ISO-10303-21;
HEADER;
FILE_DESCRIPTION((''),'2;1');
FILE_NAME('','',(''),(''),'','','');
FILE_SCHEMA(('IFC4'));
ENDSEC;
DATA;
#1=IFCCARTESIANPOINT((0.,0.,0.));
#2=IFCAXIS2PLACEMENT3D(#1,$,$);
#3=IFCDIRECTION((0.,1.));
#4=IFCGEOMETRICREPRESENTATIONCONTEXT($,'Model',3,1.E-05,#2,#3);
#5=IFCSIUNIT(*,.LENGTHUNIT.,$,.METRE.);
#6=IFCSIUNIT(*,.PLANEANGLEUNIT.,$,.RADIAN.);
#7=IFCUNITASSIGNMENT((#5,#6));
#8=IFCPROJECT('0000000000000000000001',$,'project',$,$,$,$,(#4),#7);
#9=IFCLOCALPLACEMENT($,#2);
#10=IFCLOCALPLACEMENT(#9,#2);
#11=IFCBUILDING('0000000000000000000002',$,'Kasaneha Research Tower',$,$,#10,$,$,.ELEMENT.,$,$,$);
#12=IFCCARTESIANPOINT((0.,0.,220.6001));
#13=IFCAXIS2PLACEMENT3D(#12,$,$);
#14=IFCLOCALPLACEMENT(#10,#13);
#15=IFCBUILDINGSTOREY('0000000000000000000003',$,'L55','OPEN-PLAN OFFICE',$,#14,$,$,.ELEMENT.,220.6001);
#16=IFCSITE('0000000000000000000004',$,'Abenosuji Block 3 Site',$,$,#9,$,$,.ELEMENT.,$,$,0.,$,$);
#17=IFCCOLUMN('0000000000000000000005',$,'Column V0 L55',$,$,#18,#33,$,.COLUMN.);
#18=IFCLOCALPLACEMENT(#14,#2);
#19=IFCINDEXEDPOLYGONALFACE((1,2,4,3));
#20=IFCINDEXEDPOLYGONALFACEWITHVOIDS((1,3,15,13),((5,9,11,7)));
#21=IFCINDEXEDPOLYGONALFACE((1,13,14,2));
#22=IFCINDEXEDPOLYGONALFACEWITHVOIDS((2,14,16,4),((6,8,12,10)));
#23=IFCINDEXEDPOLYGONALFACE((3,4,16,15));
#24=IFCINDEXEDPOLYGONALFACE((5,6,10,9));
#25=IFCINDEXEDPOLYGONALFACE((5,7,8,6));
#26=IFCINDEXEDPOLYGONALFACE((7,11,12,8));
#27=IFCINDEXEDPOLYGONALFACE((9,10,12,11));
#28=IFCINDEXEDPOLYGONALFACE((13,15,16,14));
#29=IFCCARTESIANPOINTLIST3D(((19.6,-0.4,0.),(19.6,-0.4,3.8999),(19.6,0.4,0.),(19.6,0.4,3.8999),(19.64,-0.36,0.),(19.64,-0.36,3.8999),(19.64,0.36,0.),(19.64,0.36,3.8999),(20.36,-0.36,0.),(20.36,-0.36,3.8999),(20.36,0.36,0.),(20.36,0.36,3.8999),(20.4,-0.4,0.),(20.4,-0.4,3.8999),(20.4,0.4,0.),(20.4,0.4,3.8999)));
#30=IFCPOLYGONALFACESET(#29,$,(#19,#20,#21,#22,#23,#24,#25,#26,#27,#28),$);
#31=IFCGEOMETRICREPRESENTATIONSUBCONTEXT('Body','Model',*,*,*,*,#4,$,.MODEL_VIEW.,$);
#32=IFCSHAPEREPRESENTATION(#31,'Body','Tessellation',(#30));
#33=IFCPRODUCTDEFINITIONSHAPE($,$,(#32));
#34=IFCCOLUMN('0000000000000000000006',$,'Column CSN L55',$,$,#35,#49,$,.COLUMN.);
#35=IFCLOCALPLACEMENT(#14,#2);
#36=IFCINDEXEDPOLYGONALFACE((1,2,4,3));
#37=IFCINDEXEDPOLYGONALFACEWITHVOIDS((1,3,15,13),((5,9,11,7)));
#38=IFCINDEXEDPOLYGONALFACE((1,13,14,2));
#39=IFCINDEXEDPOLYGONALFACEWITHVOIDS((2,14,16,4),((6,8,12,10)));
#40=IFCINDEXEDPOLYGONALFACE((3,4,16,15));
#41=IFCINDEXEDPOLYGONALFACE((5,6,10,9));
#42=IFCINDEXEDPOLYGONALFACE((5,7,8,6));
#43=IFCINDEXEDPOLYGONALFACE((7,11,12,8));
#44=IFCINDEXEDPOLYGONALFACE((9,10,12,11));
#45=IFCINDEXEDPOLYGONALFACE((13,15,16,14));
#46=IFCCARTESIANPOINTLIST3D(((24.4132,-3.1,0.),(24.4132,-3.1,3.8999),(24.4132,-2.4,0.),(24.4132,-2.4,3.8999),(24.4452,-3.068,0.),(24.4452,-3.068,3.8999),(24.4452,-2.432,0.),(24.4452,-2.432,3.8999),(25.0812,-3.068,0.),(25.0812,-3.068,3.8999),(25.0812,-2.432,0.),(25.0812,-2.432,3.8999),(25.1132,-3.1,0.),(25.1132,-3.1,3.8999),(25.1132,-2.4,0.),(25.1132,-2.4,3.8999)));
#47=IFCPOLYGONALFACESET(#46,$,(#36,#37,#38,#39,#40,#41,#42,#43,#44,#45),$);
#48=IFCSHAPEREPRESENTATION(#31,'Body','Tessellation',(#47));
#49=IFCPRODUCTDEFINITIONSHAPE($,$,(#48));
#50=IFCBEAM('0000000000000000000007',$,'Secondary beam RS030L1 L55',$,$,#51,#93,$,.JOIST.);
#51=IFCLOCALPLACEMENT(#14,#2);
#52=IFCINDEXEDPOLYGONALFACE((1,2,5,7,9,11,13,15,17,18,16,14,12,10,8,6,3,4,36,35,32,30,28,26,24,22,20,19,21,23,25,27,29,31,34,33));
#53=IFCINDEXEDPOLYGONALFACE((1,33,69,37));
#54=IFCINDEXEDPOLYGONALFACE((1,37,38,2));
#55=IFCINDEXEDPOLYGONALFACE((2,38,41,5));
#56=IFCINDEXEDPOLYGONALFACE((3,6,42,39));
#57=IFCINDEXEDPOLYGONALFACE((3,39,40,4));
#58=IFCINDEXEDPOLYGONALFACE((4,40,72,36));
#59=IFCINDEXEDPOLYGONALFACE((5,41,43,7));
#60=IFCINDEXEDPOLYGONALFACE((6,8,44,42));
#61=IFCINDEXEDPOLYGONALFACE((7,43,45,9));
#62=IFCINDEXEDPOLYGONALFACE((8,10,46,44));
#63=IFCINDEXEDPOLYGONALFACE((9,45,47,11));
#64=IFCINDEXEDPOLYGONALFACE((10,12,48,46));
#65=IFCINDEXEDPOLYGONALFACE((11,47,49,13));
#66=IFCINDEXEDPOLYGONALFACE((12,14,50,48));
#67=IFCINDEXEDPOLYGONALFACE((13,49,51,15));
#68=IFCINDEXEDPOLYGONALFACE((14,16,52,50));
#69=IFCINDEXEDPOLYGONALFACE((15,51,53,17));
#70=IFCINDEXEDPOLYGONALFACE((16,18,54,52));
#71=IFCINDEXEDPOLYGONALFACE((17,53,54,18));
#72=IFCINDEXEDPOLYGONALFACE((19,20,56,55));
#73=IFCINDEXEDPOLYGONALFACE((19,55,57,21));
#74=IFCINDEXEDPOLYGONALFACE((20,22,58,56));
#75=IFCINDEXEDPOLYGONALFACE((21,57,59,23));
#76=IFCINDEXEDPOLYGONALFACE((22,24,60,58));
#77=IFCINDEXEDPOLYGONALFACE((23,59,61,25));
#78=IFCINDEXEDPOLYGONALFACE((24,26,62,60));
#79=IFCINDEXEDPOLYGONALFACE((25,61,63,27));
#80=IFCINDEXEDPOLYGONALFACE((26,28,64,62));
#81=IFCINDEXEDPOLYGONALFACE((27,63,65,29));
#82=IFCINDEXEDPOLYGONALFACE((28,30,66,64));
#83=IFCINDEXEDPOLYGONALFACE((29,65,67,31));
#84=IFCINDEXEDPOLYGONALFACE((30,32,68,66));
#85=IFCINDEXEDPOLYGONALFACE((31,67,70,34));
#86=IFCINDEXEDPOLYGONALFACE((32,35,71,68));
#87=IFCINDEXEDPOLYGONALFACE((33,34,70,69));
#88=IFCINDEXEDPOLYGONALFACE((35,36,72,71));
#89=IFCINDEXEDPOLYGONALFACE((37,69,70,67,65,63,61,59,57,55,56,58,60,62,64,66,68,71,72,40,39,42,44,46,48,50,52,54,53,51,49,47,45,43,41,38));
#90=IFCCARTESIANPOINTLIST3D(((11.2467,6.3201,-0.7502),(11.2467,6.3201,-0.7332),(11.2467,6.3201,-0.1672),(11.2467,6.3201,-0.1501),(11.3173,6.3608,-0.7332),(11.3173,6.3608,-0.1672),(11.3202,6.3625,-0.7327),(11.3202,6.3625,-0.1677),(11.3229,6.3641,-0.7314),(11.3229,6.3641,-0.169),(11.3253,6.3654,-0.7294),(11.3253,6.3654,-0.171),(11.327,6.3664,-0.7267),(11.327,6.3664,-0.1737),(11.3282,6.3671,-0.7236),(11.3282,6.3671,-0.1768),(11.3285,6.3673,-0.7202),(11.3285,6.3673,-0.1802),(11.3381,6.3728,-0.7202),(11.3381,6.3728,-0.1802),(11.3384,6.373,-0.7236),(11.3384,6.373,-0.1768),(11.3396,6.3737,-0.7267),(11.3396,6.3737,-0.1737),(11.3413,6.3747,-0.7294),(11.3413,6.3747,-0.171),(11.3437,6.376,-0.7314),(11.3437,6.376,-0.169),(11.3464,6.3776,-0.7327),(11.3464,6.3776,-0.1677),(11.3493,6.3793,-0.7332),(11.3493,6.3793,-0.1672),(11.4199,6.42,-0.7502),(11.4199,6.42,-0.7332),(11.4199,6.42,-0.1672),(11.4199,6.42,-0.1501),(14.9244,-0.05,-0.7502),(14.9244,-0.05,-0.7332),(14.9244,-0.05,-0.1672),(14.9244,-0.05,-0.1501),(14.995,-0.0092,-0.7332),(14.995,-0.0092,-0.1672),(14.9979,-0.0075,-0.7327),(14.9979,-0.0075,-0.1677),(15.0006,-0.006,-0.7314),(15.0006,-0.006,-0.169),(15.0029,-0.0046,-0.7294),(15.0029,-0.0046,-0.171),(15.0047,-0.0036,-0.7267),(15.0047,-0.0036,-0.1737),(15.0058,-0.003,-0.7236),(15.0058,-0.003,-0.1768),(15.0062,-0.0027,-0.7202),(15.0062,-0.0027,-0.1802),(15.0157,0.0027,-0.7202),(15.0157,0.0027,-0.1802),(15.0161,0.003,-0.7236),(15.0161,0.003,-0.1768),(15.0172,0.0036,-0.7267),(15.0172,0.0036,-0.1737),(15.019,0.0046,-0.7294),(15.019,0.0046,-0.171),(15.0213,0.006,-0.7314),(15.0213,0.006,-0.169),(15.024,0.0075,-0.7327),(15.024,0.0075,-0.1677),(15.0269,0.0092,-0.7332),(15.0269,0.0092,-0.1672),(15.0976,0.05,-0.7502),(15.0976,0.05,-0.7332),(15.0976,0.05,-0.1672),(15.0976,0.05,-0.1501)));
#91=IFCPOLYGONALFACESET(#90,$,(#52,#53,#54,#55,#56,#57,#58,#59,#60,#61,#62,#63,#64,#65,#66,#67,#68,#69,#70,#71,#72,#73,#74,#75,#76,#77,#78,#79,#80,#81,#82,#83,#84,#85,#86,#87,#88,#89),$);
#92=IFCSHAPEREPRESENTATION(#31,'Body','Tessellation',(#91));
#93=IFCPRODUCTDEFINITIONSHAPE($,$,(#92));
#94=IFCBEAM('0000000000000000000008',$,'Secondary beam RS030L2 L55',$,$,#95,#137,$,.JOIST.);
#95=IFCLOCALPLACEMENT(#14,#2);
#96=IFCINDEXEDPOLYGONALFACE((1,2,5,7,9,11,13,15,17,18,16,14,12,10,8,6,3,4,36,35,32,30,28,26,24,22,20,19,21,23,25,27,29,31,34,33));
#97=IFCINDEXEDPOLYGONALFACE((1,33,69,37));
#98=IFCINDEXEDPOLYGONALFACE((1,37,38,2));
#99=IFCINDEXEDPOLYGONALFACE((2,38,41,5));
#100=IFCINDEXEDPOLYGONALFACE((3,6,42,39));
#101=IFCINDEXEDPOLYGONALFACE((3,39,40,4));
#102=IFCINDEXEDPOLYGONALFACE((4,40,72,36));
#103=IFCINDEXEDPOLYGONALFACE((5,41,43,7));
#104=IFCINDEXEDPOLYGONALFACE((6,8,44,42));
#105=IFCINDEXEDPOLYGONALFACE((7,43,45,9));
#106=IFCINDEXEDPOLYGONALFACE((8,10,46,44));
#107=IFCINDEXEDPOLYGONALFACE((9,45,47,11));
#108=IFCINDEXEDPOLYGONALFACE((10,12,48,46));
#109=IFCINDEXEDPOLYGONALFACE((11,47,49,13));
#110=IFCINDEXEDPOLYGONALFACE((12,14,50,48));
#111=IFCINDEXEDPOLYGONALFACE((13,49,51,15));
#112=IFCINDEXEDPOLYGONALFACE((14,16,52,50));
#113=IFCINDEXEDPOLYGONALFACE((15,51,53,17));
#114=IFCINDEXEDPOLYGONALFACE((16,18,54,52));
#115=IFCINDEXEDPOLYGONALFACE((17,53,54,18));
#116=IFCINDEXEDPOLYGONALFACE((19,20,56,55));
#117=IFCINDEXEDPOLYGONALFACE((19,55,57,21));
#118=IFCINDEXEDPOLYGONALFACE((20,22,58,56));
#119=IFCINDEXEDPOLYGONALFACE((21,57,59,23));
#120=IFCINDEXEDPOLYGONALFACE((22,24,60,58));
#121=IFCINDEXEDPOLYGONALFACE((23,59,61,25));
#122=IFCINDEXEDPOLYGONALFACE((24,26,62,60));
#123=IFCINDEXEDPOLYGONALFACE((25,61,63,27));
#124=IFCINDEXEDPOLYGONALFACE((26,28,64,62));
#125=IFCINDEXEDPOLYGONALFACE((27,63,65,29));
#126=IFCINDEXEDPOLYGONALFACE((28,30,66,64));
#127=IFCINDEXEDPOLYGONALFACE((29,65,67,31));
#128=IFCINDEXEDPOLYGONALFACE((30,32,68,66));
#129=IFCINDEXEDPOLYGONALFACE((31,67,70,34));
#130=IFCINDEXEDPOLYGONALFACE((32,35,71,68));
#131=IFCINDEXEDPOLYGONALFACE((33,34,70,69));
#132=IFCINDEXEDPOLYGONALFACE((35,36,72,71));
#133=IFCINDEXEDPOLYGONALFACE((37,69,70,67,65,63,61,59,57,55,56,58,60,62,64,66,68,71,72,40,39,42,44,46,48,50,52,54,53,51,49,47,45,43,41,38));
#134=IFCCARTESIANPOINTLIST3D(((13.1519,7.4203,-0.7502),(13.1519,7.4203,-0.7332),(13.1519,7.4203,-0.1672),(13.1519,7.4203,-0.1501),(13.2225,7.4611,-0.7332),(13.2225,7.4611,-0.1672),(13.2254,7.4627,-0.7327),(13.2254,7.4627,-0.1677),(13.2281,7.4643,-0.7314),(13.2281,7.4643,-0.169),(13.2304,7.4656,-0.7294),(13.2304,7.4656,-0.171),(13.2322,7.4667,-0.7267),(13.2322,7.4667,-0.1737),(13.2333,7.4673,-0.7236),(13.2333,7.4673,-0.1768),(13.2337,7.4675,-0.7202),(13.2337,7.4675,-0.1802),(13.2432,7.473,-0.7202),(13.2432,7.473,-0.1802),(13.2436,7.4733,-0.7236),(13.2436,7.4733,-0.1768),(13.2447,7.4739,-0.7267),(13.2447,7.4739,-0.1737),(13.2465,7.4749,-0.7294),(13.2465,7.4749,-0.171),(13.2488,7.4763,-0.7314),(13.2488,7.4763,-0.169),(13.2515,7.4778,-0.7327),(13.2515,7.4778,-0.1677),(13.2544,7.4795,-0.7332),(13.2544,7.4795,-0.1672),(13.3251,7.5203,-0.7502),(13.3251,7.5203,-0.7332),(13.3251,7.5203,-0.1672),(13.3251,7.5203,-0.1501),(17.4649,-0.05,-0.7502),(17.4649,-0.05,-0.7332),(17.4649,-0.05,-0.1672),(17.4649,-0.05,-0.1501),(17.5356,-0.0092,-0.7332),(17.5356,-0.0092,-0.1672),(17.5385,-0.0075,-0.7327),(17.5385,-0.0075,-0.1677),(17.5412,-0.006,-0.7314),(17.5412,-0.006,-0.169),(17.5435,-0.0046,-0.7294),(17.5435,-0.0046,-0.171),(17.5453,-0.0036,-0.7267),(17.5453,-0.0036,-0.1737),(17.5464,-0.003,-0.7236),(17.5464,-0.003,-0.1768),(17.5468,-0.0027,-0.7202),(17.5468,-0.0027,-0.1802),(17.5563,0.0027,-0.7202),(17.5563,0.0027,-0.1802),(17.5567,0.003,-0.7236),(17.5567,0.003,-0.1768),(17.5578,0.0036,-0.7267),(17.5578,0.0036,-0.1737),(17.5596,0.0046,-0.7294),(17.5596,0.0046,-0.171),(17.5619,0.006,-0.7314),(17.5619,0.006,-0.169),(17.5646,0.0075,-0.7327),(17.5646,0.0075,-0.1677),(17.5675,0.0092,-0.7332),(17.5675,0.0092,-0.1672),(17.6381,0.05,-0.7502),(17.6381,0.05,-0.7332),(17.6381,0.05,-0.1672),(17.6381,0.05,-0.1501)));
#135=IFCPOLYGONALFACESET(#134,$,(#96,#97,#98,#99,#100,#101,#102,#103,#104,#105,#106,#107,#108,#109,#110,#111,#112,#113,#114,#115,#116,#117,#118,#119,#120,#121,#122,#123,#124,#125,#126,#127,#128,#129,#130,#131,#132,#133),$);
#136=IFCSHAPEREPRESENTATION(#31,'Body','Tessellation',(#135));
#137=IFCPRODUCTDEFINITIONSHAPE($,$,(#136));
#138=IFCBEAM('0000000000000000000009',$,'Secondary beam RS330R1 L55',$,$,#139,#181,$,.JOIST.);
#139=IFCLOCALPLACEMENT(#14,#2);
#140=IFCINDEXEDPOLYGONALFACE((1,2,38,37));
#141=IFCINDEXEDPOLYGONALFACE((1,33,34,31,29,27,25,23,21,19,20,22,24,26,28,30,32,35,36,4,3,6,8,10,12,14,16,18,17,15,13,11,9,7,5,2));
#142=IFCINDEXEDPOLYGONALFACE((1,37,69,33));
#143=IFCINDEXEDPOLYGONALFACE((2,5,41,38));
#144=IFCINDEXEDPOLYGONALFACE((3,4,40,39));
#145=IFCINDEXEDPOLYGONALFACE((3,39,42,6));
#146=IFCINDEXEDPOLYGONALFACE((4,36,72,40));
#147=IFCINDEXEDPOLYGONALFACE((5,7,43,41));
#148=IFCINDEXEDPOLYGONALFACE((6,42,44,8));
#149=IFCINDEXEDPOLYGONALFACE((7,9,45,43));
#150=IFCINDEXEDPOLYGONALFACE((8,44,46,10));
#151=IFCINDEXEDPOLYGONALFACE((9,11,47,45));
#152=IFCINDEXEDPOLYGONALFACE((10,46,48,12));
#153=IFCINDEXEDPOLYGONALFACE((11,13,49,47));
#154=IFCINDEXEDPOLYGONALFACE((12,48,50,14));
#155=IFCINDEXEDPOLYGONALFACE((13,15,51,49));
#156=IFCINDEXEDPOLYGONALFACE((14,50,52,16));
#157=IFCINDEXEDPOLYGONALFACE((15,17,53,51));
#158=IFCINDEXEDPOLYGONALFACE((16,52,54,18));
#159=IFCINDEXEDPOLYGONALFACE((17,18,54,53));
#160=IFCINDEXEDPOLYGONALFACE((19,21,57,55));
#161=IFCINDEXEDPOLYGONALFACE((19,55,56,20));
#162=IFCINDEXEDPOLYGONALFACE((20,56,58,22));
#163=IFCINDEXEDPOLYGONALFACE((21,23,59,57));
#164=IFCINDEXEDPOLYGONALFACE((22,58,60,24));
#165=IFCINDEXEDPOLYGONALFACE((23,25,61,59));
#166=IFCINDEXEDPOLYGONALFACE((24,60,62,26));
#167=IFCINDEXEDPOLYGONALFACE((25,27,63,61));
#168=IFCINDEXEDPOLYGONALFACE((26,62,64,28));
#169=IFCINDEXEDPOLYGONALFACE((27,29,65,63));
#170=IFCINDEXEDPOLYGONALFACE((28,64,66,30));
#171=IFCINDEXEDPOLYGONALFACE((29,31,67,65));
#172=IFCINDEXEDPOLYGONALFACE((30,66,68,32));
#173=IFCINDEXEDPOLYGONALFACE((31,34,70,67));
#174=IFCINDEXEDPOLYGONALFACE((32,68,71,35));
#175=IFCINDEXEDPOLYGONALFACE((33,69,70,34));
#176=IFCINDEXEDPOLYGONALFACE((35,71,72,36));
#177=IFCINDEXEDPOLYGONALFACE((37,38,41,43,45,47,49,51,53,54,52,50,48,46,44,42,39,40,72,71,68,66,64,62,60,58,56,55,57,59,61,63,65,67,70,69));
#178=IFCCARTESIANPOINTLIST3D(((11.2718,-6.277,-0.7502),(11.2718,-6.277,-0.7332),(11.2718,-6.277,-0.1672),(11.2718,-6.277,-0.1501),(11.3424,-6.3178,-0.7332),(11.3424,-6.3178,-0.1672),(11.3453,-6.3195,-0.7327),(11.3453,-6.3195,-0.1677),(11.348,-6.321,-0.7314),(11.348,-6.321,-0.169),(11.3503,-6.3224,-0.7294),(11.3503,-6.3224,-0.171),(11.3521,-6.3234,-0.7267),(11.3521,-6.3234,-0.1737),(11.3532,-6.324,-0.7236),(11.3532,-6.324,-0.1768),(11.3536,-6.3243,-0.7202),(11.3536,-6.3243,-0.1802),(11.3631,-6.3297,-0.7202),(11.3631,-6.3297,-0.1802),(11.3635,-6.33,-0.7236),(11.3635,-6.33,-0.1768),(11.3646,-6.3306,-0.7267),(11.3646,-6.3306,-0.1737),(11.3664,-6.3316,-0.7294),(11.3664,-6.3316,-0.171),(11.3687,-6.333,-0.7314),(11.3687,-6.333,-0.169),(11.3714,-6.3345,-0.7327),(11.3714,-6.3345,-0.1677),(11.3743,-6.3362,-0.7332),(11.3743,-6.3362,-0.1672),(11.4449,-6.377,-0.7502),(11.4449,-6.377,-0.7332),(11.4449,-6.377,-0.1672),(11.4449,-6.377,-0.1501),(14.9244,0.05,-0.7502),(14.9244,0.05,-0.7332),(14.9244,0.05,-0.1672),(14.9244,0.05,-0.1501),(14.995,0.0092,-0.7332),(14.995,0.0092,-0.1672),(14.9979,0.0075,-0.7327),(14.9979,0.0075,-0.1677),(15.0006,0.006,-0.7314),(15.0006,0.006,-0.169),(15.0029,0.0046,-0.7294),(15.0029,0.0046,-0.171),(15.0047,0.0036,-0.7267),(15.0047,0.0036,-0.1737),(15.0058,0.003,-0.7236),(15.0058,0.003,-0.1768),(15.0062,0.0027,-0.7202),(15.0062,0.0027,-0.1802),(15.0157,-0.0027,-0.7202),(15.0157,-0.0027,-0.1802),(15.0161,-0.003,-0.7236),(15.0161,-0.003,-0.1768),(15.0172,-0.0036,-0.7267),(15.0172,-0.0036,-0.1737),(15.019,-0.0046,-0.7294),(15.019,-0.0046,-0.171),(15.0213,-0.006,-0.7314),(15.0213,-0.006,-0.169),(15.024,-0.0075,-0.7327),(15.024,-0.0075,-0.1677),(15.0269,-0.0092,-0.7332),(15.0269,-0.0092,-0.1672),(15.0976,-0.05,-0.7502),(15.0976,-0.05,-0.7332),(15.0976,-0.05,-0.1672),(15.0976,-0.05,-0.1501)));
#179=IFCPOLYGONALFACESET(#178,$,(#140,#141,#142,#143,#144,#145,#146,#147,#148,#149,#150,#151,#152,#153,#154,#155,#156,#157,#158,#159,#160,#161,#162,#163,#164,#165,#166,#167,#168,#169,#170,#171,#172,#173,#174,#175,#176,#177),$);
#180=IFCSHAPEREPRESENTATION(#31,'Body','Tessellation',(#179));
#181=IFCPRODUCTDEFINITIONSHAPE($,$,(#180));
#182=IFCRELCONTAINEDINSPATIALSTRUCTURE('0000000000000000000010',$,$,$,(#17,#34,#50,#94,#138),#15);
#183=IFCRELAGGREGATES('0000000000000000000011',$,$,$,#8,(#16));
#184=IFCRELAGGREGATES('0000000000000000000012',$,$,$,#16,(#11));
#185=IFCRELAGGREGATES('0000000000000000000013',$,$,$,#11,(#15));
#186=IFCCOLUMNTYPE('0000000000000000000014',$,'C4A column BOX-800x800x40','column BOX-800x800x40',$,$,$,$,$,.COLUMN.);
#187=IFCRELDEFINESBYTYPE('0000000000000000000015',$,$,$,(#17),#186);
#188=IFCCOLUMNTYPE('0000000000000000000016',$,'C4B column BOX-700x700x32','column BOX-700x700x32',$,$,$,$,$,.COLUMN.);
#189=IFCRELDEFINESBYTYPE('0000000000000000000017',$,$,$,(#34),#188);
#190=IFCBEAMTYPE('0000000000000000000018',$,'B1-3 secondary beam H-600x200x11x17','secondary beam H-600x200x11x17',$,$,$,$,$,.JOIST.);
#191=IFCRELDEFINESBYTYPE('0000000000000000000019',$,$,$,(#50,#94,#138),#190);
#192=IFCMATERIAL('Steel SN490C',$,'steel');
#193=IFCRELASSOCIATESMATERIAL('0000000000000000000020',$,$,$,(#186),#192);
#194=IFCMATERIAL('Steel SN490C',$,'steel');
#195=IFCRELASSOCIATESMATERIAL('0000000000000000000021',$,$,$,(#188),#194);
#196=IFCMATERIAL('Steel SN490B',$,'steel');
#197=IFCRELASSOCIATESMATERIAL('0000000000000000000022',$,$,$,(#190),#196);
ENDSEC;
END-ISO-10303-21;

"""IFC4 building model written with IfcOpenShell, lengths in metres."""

from ifc_helpers import new_model, si_unit, direction, frame, origin, origin_2d, place, context, subcontext, project, spatial, hollow_rectangle, i_section, extrude, material, material_profile, profile_set, type_object, element, save


model = new_model("IFC4")

# Units and contexts
model_context = context("Model", 3, precision=1e-05, world=origin(), true_north=direction((0.0, 1.0)))
body_context = subcontext(model_context, "Body", "Model", "MODEL_VIEW")
ifc_project = project(units=[si_unit("LENGTHUNIT", "METRE"), si_unit("PLANEANGLEUNIT", "RADIAN")], contexts=[model_context])

# Site, building, storey
site_placement = place(None, origin())
site = spatial("IfcSite", under=ifc_project, at=site_placement, Name="Abenosuji Block 3 Site", CompositionType="ELEMENT", RefElevation=0.0)
building_placement = place(site_placement, origin())
building = spatial("IfcBuilding", under=site, at=building_placement, Name="Kasaneha Research Tower", CompositionType="ELEMENT")
storey_placement = place(building_placement, frame((0.0, 0.0, 220.6001)))
storey = spatial("IfcBuildingStorey", under=building, at=storey_placement, Name="L55", Description="OPEN-PLAN OFFICE", CompositionType="ELEMENT", Elevation=220.6001)

# Columns
ifc_material_1 = material(Name="Steel SN490C", Category="steel")
ifc_material_profile_1 = material_profile(ifc_material_1, hollow_rectangle(XDim=0.8, YDim=0.8, WallThickness=0.04, at=origin_2d()), Name="BOX-800x800x40")
ifc_profile_set_1 = profile_set([ifc_material_profile_1], Name="Steel SN490C")
column_type_1 = type_object("IfcColumnType", Name="C4A column BOX-800x800x40", Description="column BOX-800x800x40", PredefinedType="COLUMN", material=ifc_profile_set_1)
column_1_placement = place(storey_placement, frame((20.0, 0.0, 0.0), z_axis=(0.0, 0.0, 1.0), x_axis=(1.0, 0.0, 0.0)))
element("IfcColumn", 1, at=column_1_placement, inside=storey, type_object=column_type_1, Name="Column V0 L55", PredefinedType="COLUMN", context=body_context, shape_type="SweptSolid", body=[
    extrude(hollow_rectangle(XDim=0.8, YDim=0.8, WallThickness=0.04, at=origin_2d()), origin(), (0.0, 0.0, 1.0), 3.8999),
])
ifc_material_2 = material(Name="Steel SN490C", Category="steel")
ifc_material_profile_2 = material_profile(ifc_material_2, hollow_rectangle(XDim=0.7, YDim=0.7, WallThickness=0.032, at=origin_2d()), Name="BOX-700x700x32")
ifc_profile_set_2 = profile_set([ifc_material_profile_2], Name="Steel SN490C")
column_type_2 = type_object("IfcColumnType", Name="C4B column BOX-700x700x32", Description="column BOX-700x700x32", PredefinedType="COLUMN", material=ifc_profile_set_2)
column_2_placement = place(storey_placement, frame((24.7632, -2.75, 0.0), z_axis=(0.0, 0.0, 1.0), x_axis=(1.0, 0.0, 0.0)))
element("IfcColumn", 2, at=column_2_placement, inside=storey, type_object=column_type_2, Name="Column CSN L55", PredefinedType="COLUMN", context=body_context, shape_type="SweptSolid", body=[
    extrude(hollow_rectangle(XDim=0.7, YDim=0.7, WallThickness=0.032, at=origin_2d()), origin(), (0.0, 0.0, 1.0), 3.8999),
])

# Beams
ifc_material_3 = material(Name="Steel SN490B", Category="steel")
ifc_material_profile_3 = material_profile(ifc_material_3, i_section(OverallWidth=0.2, OverallDepth=0.6001, WebThickness=0.011, FlangeThickness=0.0171, FilletRadius=0.0129, at=origin_2d()), Name="H-600x200x11x17")
ifc_profile_set_3 = profile_set([ifc_material_profile_3], Name="Steel SN490B")
beam_type_1 = type_object("IfcBeamType", Name="B1-3 secondary beam H-600x200x11x17", Description="secondary beam H-600x200x11x17", PredefinedType="JOIST", material=ifc_profile_set_3)
beam_1_placement = place(storey_placement, frame((15.011, 0.0, -0.4502), z_axis=(-0.499994, 0.866029, 0.0), x_axis=(-0.866029, -0.499994, 0.0)))
element("IfcBeam", 3, at=beam_1_placement, inside=storey, type_object=beam_type_1, Name="Secondary beam RS030L1 L55", PredefinedType="JOIST", context=body_context, shape_type="SweptSolid", body=[
    extrude(i_section(OverallWidth=0.2, OverallDepth=0.6001, WebThickness=0.011, FlangeThickness=0.0171, FilletRadius=0.0129, at=origin_2d()), origin(), (0.0, 0.0, 1.0), 7.3555),
])
beam_2_placement = place(storey_placement, frame((17.5515, 0.0, -0.4502), z_axis=(-0.500005, 0.866023, 0.0), x_axis=(-0.866023, -0.500005, 0.0)))
element("IfcBeam", 4, at=beam_2_placement, inside=storey, type_object=beam_type_1, Name="Secondary beam RS030L2 L55", PredefinedType="JOIST", context=body_context, shape_type="SweptSolid", body=[
    extrude(i_section(OverallWidth=0.2, OverallDepth=0.6001, WebThickness=0.011, FlangeThickness=0.0171, FilletRadius=0.0129, at=origin_2d()), origin(), (0.0, 0.0, 1.0), 8.626),
])
beam_3_placement = place(storey_placement, frame((15.011, 0.0, -0.4502), z_axis=(-0.499974, -0.86604, 0.0), x_axis=(0.86604, -0.499974, 0.0)))
element("IfcBeam", 5, at=beam_3_placement, inside=storey, type_object=beam_type_1, Name="Secondary beam RS330R1 L55", PredefinedType="JOIST", context=body_context, shape_type="SweptSolid", body=[
    extrude(i_section(OverallWidth=0.2, OverallDepth=0.6001, WebThickness=0.011, FlangeThickness=0.0171, FilletRadius=0.0129, at=origin_2d()), origin(), (0.0, 0.0, 1.0), 7.3057),
])

save(model, "model.ifc")
